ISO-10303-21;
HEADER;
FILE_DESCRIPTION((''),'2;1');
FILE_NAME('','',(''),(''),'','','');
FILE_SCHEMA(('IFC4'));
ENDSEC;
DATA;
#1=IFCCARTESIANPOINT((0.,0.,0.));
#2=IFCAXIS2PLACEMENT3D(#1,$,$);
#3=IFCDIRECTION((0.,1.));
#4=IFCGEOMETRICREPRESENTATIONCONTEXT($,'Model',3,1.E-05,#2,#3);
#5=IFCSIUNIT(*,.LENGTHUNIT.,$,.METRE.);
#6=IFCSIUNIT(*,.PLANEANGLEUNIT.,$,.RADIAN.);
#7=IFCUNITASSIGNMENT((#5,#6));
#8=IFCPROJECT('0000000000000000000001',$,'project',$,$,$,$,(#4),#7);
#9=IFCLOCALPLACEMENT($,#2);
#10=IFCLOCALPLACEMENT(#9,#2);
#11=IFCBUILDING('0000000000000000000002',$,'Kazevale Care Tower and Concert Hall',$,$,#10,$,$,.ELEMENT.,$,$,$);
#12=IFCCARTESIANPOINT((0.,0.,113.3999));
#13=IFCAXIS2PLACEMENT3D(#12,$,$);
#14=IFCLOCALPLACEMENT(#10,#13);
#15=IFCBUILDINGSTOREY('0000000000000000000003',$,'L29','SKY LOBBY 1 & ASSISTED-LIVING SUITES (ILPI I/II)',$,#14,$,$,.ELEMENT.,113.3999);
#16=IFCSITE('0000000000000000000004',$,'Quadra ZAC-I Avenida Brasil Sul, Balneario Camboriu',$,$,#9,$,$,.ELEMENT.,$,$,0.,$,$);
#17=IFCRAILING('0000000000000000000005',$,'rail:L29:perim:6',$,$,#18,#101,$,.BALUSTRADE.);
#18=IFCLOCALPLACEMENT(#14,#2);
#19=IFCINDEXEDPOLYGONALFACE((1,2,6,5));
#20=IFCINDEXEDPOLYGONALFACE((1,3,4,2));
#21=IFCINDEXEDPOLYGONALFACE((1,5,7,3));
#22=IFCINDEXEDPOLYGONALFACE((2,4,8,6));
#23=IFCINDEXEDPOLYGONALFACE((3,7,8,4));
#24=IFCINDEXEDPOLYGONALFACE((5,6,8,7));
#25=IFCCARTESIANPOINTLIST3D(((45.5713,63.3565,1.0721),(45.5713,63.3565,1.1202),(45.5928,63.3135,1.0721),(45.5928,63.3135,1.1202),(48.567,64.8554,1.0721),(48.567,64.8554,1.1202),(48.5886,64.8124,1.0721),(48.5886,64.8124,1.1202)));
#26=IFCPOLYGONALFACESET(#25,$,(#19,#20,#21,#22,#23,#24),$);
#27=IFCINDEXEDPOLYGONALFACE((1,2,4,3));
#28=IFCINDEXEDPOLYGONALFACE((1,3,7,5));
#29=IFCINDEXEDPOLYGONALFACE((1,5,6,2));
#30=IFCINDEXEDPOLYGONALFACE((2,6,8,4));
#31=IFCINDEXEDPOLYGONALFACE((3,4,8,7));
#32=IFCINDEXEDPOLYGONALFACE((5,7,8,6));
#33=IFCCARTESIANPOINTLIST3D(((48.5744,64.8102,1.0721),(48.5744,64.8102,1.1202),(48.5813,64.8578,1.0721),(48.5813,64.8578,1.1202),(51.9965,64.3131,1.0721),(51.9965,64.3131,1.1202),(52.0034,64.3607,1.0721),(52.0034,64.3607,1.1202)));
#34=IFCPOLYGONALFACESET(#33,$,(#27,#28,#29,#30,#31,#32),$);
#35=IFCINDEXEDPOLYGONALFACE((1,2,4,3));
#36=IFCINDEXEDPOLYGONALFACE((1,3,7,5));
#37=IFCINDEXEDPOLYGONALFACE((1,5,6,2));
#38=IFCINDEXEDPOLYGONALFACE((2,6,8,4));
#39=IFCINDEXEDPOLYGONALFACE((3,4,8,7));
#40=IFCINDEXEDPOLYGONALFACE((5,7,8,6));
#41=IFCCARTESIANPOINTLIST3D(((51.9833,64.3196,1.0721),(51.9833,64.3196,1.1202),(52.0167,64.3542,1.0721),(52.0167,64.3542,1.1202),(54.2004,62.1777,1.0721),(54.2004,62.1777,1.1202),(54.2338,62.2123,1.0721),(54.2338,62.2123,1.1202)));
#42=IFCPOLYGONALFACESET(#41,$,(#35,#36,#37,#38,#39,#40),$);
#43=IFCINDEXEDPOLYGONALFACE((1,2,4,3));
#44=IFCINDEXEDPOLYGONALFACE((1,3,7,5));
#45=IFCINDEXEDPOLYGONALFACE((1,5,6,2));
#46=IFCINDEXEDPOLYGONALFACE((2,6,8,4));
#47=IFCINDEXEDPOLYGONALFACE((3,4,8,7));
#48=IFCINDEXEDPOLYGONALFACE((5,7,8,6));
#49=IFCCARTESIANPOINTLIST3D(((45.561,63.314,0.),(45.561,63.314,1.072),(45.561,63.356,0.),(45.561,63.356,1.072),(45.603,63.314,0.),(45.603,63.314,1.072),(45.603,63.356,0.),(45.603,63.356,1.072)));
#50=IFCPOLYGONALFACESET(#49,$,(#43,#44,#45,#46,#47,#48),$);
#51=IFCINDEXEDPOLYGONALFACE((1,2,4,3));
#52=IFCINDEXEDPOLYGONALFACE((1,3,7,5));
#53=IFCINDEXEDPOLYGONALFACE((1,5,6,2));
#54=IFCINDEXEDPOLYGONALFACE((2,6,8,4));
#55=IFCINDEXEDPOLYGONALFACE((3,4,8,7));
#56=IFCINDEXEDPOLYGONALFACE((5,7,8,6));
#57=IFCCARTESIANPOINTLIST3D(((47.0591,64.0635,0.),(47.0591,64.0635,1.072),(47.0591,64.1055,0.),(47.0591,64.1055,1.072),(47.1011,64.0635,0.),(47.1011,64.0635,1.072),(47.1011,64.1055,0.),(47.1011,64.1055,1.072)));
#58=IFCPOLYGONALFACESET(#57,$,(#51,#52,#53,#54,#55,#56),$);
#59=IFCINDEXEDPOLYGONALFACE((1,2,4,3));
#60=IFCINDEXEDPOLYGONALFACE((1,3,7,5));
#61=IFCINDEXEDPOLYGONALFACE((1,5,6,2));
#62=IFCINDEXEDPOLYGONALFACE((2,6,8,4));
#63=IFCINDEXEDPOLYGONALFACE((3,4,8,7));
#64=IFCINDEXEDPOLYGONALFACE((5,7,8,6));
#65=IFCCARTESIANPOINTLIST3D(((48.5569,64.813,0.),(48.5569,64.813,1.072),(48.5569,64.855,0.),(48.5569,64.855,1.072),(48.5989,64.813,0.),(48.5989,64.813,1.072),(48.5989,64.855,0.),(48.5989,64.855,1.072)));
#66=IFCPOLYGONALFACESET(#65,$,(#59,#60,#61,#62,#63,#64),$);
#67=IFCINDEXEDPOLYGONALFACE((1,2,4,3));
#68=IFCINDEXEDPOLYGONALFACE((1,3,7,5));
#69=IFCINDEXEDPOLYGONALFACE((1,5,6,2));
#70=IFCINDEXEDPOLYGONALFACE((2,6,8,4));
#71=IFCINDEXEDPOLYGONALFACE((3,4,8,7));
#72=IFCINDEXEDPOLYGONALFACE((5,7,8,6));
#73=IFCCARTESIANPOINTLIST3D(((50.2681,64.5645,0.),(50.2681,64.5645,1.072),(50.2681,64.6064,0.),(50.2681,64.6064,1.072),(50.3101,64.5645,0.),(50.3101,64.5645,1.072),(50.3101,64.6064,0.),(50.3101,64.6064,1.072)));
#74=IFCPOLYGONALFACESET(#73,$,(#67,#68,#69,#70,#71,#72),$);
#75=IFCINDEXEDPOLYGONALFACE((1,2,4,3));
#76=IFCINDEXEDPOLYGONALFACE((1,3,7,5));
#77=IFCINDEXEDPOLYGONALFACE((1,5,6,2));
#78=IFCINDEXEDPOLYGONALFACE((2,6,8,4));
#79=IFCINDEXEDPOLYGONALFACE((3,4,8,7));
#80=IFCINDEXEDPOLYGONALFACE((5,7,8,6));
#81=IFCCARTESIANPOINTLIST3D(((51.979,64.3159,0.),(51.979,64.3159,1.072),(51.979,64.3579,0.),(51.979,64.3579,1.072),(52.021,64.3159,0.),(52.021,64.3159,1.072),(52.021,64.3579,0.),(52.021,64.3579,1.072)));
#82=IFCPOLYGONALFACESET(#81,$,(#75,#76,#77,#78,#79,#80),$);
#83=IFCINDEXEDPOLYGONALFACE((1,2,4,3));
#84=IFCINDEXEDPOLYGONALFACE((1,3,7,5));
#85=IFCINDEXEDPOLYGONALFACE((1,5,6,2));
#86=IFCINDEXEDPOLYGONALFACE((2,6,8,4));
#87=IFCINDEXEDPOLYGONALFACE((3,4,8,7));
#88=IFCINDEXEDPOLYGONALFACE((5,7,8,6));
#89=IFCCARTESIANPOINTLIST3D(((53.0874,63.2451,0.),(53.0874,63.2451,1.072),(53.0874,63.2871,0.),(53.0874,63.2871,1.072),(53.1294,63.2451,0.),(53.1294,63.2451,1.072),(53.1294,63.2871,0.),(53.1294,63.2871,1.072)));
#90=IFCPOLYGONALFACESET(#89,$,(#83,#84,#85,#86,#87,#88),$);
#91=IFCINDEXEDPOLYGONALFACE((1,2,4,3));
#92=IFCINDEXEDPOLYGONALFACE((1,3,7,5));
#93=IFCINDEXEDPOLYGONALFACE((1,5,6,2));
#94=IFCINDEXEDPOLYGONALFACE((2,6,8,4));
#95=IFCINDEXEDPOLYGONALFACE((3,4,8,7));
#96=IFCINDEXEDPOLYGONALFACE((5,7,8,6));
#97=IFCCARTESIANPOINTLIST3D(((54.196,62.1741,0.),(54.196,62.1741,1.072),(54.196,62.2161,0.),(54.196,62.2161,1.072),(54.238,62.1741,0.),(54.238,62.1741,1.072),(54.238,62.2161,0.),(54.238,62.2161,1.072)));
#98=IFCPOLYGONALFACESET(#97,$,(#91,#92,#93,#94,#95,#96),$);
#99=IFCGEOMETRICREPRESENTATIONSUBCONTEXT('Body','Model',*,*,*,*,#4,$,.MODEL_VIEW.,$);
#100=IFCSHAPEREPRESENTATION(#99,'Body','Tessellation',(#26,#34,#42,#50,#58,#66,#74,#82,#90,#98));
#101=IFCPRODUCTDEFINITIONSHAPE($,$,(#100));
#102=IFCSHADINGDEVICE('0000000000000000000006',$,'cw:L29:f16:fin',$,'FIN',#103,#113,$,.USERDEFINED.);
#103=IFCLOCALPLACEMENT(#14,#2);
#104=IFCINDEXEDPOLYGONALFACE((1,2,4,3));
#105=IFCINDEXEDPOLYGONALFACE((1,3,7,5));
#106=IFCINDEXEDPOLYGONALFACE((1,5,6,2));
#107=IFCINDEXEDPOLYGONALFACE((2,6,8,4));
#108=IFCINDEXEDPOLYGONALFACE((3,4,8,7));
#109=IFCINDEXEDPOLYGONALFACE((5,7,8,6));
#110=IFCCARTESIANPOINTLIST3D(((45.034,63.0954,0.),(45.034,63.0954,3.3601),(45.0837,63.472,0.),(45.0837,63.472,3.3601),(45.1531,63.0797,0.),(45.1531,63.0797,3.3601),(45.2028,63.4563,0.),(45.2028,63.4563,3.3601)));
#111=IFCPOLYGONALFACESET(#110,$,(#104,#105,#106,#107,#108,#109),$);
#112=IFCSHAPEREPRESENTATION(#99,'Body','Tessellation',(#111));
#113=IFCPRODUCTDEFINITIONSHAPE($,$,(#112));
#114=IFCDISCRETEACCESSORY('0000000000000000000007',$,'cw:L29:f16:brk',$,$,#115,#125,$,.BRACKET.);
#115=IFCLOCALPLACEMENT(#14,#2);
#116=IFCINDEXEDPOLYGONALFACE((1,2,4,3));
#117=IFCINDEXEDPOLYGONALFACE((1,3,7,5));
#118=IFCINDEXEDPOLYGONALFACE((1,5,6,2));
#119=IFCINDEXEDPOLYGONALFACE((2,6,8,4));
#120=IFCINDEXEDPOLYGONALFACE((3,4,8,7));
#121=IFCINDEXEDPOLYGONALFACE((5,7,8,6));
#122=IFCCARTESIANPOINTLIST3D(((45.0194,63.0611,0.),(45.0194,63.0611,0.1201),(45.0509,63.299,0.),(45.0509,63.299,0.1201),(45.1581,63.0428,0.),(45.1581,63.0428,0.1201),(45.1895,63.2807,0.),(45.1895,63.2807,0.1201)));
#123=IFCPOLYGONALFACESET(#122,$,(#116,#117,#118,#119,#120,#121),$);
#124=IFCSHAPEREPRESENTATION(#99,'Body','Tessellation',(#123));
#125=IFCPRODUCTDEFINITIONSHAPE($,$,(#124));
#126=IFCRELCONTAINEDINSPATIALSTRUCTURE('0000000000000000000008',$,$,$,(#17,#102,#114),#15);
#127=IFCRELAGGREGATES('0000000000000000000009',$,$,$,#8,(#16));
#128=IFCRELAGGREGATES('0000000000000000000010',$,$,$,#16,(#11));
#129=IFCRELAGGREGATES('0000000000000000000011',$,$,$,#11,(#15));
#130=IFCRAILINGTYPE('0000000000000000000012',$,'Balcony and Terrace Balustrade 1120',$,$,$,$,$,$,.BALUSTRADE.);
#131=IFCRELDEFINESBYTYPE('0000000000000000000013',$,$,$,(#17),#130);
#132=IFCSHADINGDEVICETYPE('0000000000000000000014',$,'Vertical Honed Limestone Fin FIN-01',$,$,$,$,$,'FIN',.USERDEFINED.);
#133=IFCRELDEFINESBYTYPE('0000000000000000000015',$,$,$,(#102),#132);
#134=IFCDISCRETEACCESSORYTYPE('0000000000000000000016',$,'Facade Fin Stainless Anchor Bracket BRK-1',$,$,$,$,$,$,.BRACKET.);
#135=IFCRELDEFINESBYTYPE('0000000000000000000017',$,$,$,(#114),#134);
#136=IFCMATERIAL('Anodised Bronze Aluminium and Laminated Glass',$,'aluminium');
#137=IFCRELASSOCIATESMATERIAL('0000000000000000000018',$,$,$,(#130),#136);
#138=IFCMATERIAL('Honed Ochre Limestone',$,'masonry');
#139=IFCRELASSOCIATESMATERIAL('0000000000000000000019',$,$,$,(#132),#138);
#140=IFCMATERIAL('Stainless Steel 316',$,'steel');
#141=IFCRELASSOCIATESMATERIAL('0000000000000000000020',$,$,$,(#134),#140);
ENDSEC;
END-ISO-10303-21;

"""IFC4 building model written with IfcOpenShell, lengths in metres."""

from ifc_helpers import new_model, si_unit, direction, frame, origin, origin_2d, place, context, subcontext, project, spatial, rectangle, extrude, material, type_object, element, save


model = new_model("IFC4")

# Units and contexts
model_context = context("Model", 3, precision=1e-05, world=origin(), true_north=direction((0.0, 1.0)))
body_context = subcontext(model_context, "Body", "Model", "MODEL_VIEW")
ifc_project = project(units=[si_unit("LENGTHUNIT", "METRE"), si_unit("PLANEANGLEUNIT", "RADIAN")], contexts=[model_context])

# Site, building, storey
site_placement = place(None, origin())
site = spatial("IfcSite", under=ifc_project, at=site_placement, Name="Quadra ZAC-I Avenida Brasil Sul, Balneario Camboriu", CompositionType="ELEMENT", RefElevation=0.0)
building_placement = place(site_placement, origin())
building = spatial("IfcBuilding", under=site, at=building_placement, Name="Kazevale Care Tower and Concert Hall", CompositionType="ELEMENT")
storey_placement = place(building_placement, frame((0.0, 0.0, 113.3999)))
storey = spatial("IfcBuildingStorey", under=building, at=storey_placement, Name="L29", Description="SKY LOBBY 1 & ASSISTED-LIVING SUITES (ILPI I/II)", CompositionType="ELEMENT", Elevation=113.3999)

# Railing
ifc_material_1 = material(Name="Anodised Bronze Aluminium and Laminated Glass", Category="aluminium")
railing_type = type_object("IfcRailingType", Name="Balcony and Terrace Balustrade 1120", PredefinedType="BALUSTRADE", material=ifc_material_1)
railing_placement = place(storey_placement, frame((45.582, 63.335, 0.0)))
element("IfcRailing", 1, at=railing_placement, inside=storey, type_object=railing_type, Name="rail:L29:perim:6", PredefinedType="BALUSTRADE", context=body_context, shape_type="SweptSolid", body=[
    extrude(rectangle(XDim=0.0481, YDim=0.0481, at=origin_2d()), frame((0.0, 0.0, 1.0962), z_axis=(0.894296, 0.447476, 0.0), x_axis=(-0.447476, 0.894296, 0.0)), (0.0, 0.0, 1.0), 3.3499),
    extrude(rectangle(XDim=0.0481, YDim=0.0481, at=origin_2d()), frame((2.9958, 1.499, 1.0962), z_axis=(0.989615, -0.143744, 0.0), x_axis=(0.143744, 0.989615, 0.0)), (0.0, 0.0, 1.0), 3.458),
    extrude(rectangle(XDim=0.0481, YDim=0.0481, at=origin_2d()), frame((6.418, 1.002, 1.0962), z_axis=(0.719198, -0.694805, 0.0), x_axis=(0.694805, 0.719198, 0.0)), (0.0, 0.0, 1.0), 3.0828),
    extrude(rectangle(XDim=0.042, YDim=0.042, at=origin_2d()), origin(), (0.0, 0.0, 1.0), 1.072),
    extrude(rectangle(XDim=0.042, YDim=0.042, at=origin_2d()), frame((1.498, 0.7495, 0.0)), (0.0, 0.0, 1.0), 1.072),
    extrude(rectangle(XDim=0.042, YDim=0.042, at=origin_2d()), frame((2.9958, 1.499, 0.0)), (0.0, 0.0, 1.0), 1.072),
    extrude(rectangle(XDim=0.042, YDim=0.042, at=origin_2d()), frame((4.707, 1.2505, 0.0)), (0.0, 0.0, 1.0), 1.072),
    extrude(rectangle(XDim=0.042, YDim=0.042, at=origin_2d()), frame((6.418, 1.002, 0.0)), (0.0, 0.0, 1.0), 1.072),
    extrude(rectangle(XDim=0.042, YDim=0.042, at=origin_2d()), frame((7.5264, -0.0688, 0.0)), (0.0, 0.0, 1.0), 1.072),
    extrude(rectangle(XDim=0.042, YDim=0.042, at=origin_2d()), frame((8.635, -1.1399, 0.0)), (0.0, 0.0, 1.0), 1.072),
])

# Shading device
ifc_material_2 = material(Name="Honed Ochre Limestone", Category="masonry")
shading_device_type = type_object("IfcShadingDeviceType", Name="Vertical Honed Limestone Fin FIN-01", ElementType="FIN", PredefinedType="USERDEFINED", material=ifc_material_2)
shading_device_placement = place(storey_placement, frame((45.1184, 63.2759, 0.0), z_axis=(0.0, 0.0, 1.0), x_axis=(0.130872, 0.991399, 0.0)))
element("IfcShadingDevice", 2, at=shading_device_placement, inside=storey, type_object=shading_device_type, Name="cw:L29:f16:fin", ObjectType="FIN", PredefinedType="USERDEFINED", context=body_context, shape_type="SweptSolid", body=[
    extrude(rectangle(XDim=0.3799, YDim=0.1201, at=origin_2d()), origin(), (0.0, 0.0, 1.0), 3.3601),
])

# Discrete accessory
ifc_material_3 = material(Name="Stainless Steel 316", Category="steel")
discrete_accessory_type = type_object("IfcDiscreteAccessoryType", Name="Facade Fin Stainless Anchor Bracket BRK-1", PredefinedType="BRACKET", material=ifc_material_3)
discrete_accessory_placement = place(storey_placement, frame((45.1045, 63.1709, 0.0), z_axis=(0.0, 0.0, 1.0), x_axis=(0.130872, 0.991399, 0.0)))
element("IfcDiscreteAccessory", 3, at=discrete_accessory_placement, inside=storey, type_object=discrete_accessory_type, Name="cw:L29:f16:brk", PredefinedType="BRACKET", context=body_context, shape_type="SweptSolid", body=[
    extrude(rectangle(XDim=0.24, YDim=0.1399, at=origin_2d()), origin(), (0.0, 0.0, 1.0), 0.1201),
])

save(model, "model.ifc")
